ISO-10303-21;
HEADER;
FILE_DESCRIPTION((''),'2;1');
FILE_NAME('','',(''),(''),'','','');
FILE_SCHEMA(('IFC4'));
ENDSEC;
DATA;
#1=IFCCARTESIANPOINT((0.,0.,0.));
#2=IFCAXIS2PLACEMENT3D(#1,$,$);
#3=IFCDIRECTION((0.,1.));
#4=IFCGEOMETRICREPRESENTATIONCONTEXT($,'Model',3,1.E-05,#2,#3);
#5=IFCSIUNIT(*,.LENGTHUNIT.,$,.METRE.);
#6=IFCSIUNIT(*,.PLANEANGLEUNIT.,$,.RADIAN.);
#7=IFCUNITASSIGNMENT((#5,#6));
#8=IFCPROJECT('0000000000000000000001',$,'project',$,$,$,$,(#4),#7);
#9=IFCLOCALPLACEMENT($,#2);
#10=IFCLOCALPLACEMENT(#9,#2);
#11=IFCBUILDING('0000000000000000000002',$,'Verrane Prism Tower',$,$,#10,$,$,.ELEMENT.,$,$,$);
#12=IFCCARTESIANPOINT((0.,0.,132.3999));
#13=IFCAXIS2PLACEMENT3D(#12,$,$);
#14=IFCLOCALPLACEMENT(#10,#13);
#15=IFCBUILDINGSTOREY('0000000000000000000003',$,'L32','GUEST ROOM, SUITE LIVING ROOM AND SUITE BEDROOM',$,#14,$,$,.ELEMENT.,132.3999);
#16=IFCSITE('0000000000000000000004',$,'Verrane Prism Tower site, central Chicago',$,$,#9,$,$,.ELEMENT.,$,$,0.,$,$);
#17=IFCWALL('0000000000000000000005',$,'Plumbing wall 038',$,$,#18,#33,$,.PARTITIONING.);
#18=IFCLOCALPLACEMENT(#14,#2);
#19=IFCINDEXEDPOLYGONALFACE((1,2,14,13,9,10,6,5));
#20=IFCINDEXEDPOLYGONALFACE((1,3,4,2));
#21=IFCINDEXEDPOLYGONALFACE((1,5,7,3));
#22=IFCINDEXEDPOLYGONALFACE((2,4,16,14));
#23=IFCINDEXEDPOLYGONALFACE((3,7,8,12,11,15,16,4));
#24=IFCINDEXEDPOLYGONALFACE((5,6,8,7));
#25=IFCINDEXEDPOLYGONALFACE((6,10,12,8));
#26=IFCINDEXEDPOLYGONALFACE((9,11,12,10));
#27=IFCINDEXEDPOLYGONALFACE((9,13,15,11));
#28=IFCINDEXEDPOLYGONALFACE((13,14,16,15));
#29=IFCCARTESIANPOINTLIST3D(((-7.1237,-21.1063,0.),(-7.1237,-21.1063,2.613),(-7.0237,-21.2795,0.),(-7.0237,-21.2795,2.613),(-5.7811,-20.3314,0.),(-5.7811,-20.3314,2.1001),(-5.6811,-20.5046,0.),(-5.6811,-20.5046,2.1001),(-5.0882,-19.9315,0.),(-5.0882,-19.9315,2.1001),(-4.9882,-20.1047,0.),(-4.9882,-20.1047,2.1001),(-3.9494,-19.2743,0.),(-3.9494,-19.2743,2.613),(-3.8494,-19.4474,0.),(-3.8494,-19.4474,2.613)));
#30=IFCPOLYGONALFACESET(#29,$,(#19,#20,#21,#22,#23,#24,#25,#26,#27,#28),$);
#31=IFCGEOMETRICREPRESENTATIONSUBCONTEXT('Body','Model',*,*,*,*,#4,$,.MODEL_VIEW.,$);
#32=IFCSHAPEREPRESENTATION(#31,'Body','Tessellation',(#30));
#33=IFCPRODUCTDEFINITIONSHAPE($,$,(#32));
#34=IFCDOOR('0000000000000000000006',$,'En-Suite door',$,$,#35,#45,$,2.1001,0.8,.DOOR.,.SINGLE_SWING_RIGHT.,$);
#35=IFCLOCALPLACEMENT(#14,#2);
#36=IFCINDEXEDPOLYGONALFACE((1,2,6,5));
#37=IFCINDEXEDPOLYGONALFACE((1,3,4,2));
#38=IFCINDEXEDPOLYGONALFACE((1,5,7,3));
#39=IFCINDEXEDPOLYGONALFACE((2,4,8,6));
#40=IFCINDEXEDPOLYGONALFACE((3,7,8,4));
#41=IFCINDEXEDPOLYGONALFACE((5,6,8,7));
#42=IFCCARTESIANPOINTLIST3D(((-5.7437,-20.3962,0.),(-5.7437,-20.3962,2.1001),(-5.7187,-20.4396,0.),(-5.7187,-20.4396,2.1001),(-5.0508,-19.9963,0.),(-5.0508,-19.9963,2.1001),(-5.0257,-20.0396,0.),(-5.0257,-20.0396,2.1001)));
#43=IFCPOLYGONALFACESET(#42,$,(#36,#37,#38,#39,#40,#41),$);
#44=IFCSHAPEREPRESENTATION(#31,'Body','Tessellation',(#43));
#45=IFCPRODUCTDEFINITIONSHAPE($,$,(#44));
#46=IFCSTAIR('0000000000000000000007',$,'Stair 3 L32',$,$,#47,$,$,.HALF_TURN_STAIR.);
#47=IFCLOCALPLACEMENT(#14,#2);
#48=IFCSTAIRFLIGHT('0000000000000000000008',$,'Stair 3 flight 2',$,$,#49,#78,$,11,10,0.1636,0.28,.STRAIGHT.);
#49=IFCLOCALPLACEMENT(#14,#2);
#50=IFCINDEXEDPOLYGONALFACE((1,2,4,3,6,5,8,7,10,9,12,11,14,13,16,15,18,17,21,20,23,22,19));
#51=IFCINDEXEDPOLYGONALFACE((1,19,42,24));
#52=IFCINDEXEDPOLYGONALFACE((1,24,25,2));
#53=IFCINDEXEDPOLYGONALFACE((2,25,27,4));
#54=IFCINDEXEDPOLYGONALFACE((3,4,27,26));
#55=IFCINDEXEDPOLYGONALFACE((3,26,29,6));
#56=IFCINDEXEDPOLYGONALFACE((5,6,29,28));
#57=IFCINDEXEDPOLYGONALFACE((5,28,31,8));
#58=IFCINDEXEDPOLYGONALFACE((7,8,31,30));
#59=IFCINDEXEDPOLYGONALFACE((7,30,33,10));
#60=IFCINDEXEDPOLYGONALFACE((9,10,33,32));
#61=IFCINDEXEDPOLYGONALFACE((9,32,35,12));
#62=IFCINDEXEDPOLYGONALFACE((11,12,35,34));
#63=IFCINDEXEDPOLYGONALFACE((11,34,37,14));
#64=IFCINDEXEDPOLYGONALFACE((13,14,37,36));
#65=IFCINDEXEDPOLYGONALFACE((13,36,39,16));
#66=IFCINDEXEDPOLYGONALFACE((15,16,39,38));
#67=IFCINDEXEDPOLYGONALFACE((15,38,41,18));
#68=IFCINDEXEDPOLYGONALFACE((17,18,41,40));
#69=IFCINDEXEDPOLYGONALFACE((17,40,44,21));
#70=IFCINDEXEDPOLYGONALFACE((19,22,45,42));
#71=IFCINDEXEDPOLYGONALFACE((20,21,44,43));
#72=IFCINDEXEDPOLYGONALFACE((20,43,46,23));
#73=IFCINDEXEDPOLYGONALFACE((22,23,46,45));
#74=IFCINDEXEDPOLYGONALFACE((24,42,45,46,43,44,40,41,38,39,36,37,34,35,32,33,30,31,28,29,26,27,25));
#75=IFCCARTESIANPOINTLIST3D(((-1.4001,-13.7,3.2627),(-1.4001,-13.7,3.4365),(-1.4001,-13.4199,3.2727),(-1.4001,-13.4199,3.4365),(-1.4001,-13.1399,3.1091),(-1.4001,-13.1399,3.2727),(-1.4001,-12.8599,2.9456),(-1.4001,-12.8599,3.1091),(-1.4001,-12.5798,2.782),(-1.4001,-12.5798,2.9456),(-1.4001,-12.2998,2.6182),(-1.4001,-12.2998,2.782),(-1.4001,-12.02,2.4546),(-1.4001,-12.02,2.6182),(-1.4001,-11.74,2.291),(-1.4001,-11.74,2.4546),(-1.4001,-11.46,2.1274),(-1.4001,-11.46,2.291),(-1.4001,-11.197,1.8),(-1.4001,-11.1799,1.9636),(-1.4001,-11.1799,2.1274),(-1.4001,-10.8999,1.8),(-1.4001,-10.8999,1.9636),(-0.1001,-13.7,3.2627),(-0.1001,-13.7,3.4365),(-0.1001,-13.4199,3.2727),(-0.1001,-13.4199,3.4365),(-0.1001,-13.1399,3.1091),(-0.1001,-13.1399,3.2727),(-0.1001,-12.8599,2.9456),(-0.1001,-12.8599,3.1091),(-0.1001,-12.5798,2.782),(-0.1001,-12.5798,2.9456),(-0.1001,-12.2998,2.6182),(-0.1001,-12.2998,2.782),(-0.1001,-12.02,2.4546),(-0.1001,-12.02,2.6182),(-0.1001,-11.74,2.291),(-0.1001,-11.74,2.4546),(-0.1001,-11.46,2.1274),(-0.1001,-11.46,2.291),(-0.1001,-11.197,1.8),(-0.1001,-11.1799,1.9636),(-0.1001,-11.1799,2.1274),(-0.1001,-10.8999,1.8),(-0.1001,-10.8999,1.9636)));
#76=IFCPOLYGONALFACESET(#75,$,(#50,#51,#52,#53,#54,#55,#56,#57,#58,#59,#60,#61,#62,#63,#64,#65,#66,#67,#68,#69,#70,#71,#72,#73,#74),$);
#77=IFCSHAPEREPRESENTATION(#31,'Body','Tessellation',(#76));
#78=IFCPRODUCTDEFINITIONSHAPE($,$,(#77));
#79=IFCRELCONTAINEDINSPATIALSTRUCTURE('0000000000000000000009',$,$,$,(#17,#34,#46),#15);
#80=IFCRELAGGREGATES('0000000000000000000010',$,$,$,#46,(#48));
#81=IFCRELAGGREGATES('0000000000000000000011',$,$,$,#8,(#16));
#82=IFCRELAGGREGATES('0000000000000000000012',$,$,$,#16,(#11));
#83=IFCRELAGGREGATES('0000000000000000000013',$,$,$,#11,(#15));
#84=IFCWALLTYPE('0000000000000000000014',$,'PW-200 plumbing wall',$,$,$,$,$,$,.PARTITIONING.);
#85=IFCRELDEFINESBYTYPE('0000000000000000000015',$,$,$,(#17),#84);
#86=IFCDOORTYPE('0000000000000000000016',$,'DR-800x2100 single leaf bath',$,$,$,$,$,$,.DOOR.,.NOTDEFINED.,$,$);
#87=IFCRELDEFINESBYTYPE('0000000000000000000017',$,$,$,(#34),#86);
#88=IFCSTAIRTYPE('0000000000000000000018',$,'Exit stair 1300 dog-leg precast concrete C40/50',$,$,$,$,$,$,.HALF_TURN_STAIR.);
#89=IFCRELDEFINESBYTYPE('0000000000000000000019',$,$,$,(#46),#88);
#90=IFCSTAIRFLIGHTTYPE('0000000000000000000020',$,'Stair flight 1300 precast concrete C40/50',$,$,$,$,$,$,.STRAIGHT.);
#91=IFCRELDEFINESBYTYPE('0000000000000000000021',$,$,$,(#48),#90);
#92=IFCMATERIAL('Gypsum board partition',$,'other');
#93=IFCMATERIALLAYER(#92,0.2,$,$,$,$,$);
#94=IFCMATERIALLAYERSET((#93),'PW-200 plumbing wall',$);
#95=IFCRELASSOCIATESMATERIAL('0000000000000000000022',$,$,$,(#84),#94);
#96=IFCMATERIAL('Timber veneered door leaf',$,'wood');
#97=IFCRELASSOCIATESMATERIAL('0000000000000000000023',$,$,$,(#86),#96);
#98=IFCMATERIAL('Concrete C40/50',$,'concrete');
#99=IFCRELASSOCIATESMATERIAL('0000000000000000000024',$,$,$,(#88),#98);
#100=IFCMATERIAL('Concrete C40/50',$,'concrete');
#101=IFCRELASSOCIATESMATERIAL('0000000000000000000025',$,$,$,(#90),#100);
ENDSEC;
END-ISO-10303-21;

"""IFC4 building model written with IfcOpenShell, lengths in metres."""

from ifc_helpers import new_model, si_unit, direction, frame, frame_2d, origin, place, context, subcontext, project, spatial, polyline, rectangle, outline, extrude, material, layer, layer_set, type_object, element, fill, aggregate, save


model = new_model("IFC4")

# Units and contexts
model_context = context("Model", 3, precision=1e-05, world=origin(), true_north=direction((0.0, 1.0)))
body_context = subcontext(model_context, "Body", "Model", "MODEL_VIEW")
ifc_project = project(units=[si_unit("LENGTHUNIT", "METRE"), si_unit("PLANEANGLEUNIT", "RADIAN")], contexts=[model_context])

# Site, building, storey
site_placement = place(None, origin())
site = spatial("IfcSite", under=ifc_project, at=site_placement, Name="Verrane Prism Tower site, central Chicago", CompositionType="ELEMENT", RefElevation=0.0)
building_placement = place(site_placement, origin())
building = spatial("IfcBuilding", under=site, at=building_placement, Name="Verrane Prism Tower", CompositionType="ELEMENT")
storey_placement = place(building_placement, frame((0.0, 0.0, 132.3999)))
storey = spatial("IfcBuildingStorey", under=building, at=storey_placement, Name="L32", Description="GUEST ROOM, SUITE LIVING ROOM AND SUITE BEDROOM", CompositionType="ELEMENT", Elevation=132.3999)

# Wall, opening, door
ifc_material_1 = material(Name="Gypsum board partition", Category="other")
ifc_layer_1 = layer(ifc_material_1, 0.2)
ifc_layer_set_1 = layer_set([ifc_layer_1], Name="PW-200 plumbing wall")
wall_type_1 = type_object("IfcWallType", Name="PW-200 plumbing wall", PredefinedType="PARTITIONING", material=ifc_layer_set_1)
wall_1_placement = place(storey_placement, frame((-3.8994, -19.3608, 0.0), z_axis=(0.0, 0.0, 1.0), x_axis=(-0.866104, -0.499865, 0.0)))
wall_1 = element("IfcWall", 1, at=wall_1_placement, inside=storey, type_object=wall_type_1, Name="Plumbing wall 038", PredefinedType="PARTITIONING", context=body_context, shape_type="SweptSolid", body=[
    extrude(rectangle(XDim=3.665, YDim=0.2, at=frame_2d((1.8325, 0.0))), origin(), (0.0, 0.0, 1.0), 2.613),
])
opening_1_placement = place(wall_1_placement, frame((1.3149, 0.0, 0.0)))
opening_1 = element("IfcOpeningElement", 2, at=opening_1_placement, cuts=wall_1, PredefinedType="OPENING", context=body_context, shape_type="SweptSolid", body=[
    extrude(rectangle(XDim=0.8, YDim=2.1001, at=frame_2d((0.3999, 1.05))), frame((0.0, 0.1099, 0.0), z_axis=(0.0, -1.0, 0.0), x_axis=(1.0, 0.0, 0.0)), (0.0, 0.0, 1.0), 0.22),
])
ifc_material_2 = material(Name="Timber veneered door leaf", Category="wood")
door_type_1 = type_object("IfcDoorType", Name="DR-800x2100 single leaf bath", OperationType="NOTDEFINED", PredefinedType="DOOR", material=ifc_material_2)
door_1_placement = place(opening_1_placement, origin())
door_1 = element("IfcDoor", 3, at=door_1_placement, inside=storey, type_object=door_type_1, Name="En-Suite door", OperationType="SINGLE_SWING_RIGHT", OverallHeight=2.1001, OverallWidth=0.8, PredefinedType="DOOR", context=body_context, shape_type="SweptSolid", body=[
    extrude(rectangle(XDim=0.8, YDim=2.1001, at=frame_2d((0.3999, 1.05))), frame((0.0, 0.0249, 0.0), z_axis=(0.0, -1.0, 0.0), x_axis=(1.0, 0.0, 0.0)), (0.0, 0.0, 1.0), 0.05),
])
fill(opening_1, door_1)

# Stair, stair flight
ifc_material_3 = material(Name="Concrete C40/50", Category="concrete")
stair_type = type_object("IfcStairType", Name="Exit stair 1300 dog-leg precast concrete C40/50", PredefinedType="HALF_TURN_STAIR", material=ifc_material_3)
stair_placement = place(storey_placement, origin())
stair = element("IfcStair", 4, at=stair_placement, inside=storey, type_object=stair_type, Name="Stair 3 L32", PredefinedType="HALF_TURN_STAIR")
ifc_material_4 = material(Name="Concrete C40/50", Category="concrete")
stair_flight_type = type_object("IfcStairFlightType", Name="Stair flight 1300 precast concrete C40/50", PredefinedType="STRAIGHT", material=ifc_material_4)
stair_flight_placement = place(storey_placement, frame((-0.75, -10.8999, 1.8), z_axis=(0.0, 0.0, 1.0), x_axis=(0.0, -1.0, 0.0)))
stair_flight = element("IfcStairFlight", 5, at=stair_flight_placement, type_object=stair_flight_type, Name="Stair 3 flight 2", NumberOfRisers=11, NumberOfTreads=10, PredefinedType="STRAIGHT", RiserHeight=0.1636, TreadLength=0.28, context=body_context, shape_type="SweptSolid", body=[
    extrude(outline(polyline([(0.0, 0.0), (0.0, 0.1636), (0.28, 0.1636), (0.28, 0.3274), (0.5601, 0.3274), (0.5601, 0.491), (0.8401, 0.491), (0.8401, 0.6545), (1.1201, 0.6545), (1.1201, 0.8181), (1.3999, 0.8181), (1.3999, 0.9819), (1.6799, 0.9819), (1.6799, 1.1455), (1.96, 1.1455), (1.96, 1.3091), (2.24, 1.3091), (2.24, 1.4727), (2.52, 1.4727), (2.52, 1.6365), (2.8, 1.6365), (2.8, 1.8), (2.8, 1.4626), (0.2971, 0.0), (0.0, 0.0)])), frame((0.0, 0.6499, 0.0), z_axis=(0.0, -1.0, 0.0), x_axis=(1.0, 0.0, 0.0)), (0.0, 0.0, 1.0), 1.3),
])
aggregate(stair, [stair_flight])

save(model, "model.ifc")
